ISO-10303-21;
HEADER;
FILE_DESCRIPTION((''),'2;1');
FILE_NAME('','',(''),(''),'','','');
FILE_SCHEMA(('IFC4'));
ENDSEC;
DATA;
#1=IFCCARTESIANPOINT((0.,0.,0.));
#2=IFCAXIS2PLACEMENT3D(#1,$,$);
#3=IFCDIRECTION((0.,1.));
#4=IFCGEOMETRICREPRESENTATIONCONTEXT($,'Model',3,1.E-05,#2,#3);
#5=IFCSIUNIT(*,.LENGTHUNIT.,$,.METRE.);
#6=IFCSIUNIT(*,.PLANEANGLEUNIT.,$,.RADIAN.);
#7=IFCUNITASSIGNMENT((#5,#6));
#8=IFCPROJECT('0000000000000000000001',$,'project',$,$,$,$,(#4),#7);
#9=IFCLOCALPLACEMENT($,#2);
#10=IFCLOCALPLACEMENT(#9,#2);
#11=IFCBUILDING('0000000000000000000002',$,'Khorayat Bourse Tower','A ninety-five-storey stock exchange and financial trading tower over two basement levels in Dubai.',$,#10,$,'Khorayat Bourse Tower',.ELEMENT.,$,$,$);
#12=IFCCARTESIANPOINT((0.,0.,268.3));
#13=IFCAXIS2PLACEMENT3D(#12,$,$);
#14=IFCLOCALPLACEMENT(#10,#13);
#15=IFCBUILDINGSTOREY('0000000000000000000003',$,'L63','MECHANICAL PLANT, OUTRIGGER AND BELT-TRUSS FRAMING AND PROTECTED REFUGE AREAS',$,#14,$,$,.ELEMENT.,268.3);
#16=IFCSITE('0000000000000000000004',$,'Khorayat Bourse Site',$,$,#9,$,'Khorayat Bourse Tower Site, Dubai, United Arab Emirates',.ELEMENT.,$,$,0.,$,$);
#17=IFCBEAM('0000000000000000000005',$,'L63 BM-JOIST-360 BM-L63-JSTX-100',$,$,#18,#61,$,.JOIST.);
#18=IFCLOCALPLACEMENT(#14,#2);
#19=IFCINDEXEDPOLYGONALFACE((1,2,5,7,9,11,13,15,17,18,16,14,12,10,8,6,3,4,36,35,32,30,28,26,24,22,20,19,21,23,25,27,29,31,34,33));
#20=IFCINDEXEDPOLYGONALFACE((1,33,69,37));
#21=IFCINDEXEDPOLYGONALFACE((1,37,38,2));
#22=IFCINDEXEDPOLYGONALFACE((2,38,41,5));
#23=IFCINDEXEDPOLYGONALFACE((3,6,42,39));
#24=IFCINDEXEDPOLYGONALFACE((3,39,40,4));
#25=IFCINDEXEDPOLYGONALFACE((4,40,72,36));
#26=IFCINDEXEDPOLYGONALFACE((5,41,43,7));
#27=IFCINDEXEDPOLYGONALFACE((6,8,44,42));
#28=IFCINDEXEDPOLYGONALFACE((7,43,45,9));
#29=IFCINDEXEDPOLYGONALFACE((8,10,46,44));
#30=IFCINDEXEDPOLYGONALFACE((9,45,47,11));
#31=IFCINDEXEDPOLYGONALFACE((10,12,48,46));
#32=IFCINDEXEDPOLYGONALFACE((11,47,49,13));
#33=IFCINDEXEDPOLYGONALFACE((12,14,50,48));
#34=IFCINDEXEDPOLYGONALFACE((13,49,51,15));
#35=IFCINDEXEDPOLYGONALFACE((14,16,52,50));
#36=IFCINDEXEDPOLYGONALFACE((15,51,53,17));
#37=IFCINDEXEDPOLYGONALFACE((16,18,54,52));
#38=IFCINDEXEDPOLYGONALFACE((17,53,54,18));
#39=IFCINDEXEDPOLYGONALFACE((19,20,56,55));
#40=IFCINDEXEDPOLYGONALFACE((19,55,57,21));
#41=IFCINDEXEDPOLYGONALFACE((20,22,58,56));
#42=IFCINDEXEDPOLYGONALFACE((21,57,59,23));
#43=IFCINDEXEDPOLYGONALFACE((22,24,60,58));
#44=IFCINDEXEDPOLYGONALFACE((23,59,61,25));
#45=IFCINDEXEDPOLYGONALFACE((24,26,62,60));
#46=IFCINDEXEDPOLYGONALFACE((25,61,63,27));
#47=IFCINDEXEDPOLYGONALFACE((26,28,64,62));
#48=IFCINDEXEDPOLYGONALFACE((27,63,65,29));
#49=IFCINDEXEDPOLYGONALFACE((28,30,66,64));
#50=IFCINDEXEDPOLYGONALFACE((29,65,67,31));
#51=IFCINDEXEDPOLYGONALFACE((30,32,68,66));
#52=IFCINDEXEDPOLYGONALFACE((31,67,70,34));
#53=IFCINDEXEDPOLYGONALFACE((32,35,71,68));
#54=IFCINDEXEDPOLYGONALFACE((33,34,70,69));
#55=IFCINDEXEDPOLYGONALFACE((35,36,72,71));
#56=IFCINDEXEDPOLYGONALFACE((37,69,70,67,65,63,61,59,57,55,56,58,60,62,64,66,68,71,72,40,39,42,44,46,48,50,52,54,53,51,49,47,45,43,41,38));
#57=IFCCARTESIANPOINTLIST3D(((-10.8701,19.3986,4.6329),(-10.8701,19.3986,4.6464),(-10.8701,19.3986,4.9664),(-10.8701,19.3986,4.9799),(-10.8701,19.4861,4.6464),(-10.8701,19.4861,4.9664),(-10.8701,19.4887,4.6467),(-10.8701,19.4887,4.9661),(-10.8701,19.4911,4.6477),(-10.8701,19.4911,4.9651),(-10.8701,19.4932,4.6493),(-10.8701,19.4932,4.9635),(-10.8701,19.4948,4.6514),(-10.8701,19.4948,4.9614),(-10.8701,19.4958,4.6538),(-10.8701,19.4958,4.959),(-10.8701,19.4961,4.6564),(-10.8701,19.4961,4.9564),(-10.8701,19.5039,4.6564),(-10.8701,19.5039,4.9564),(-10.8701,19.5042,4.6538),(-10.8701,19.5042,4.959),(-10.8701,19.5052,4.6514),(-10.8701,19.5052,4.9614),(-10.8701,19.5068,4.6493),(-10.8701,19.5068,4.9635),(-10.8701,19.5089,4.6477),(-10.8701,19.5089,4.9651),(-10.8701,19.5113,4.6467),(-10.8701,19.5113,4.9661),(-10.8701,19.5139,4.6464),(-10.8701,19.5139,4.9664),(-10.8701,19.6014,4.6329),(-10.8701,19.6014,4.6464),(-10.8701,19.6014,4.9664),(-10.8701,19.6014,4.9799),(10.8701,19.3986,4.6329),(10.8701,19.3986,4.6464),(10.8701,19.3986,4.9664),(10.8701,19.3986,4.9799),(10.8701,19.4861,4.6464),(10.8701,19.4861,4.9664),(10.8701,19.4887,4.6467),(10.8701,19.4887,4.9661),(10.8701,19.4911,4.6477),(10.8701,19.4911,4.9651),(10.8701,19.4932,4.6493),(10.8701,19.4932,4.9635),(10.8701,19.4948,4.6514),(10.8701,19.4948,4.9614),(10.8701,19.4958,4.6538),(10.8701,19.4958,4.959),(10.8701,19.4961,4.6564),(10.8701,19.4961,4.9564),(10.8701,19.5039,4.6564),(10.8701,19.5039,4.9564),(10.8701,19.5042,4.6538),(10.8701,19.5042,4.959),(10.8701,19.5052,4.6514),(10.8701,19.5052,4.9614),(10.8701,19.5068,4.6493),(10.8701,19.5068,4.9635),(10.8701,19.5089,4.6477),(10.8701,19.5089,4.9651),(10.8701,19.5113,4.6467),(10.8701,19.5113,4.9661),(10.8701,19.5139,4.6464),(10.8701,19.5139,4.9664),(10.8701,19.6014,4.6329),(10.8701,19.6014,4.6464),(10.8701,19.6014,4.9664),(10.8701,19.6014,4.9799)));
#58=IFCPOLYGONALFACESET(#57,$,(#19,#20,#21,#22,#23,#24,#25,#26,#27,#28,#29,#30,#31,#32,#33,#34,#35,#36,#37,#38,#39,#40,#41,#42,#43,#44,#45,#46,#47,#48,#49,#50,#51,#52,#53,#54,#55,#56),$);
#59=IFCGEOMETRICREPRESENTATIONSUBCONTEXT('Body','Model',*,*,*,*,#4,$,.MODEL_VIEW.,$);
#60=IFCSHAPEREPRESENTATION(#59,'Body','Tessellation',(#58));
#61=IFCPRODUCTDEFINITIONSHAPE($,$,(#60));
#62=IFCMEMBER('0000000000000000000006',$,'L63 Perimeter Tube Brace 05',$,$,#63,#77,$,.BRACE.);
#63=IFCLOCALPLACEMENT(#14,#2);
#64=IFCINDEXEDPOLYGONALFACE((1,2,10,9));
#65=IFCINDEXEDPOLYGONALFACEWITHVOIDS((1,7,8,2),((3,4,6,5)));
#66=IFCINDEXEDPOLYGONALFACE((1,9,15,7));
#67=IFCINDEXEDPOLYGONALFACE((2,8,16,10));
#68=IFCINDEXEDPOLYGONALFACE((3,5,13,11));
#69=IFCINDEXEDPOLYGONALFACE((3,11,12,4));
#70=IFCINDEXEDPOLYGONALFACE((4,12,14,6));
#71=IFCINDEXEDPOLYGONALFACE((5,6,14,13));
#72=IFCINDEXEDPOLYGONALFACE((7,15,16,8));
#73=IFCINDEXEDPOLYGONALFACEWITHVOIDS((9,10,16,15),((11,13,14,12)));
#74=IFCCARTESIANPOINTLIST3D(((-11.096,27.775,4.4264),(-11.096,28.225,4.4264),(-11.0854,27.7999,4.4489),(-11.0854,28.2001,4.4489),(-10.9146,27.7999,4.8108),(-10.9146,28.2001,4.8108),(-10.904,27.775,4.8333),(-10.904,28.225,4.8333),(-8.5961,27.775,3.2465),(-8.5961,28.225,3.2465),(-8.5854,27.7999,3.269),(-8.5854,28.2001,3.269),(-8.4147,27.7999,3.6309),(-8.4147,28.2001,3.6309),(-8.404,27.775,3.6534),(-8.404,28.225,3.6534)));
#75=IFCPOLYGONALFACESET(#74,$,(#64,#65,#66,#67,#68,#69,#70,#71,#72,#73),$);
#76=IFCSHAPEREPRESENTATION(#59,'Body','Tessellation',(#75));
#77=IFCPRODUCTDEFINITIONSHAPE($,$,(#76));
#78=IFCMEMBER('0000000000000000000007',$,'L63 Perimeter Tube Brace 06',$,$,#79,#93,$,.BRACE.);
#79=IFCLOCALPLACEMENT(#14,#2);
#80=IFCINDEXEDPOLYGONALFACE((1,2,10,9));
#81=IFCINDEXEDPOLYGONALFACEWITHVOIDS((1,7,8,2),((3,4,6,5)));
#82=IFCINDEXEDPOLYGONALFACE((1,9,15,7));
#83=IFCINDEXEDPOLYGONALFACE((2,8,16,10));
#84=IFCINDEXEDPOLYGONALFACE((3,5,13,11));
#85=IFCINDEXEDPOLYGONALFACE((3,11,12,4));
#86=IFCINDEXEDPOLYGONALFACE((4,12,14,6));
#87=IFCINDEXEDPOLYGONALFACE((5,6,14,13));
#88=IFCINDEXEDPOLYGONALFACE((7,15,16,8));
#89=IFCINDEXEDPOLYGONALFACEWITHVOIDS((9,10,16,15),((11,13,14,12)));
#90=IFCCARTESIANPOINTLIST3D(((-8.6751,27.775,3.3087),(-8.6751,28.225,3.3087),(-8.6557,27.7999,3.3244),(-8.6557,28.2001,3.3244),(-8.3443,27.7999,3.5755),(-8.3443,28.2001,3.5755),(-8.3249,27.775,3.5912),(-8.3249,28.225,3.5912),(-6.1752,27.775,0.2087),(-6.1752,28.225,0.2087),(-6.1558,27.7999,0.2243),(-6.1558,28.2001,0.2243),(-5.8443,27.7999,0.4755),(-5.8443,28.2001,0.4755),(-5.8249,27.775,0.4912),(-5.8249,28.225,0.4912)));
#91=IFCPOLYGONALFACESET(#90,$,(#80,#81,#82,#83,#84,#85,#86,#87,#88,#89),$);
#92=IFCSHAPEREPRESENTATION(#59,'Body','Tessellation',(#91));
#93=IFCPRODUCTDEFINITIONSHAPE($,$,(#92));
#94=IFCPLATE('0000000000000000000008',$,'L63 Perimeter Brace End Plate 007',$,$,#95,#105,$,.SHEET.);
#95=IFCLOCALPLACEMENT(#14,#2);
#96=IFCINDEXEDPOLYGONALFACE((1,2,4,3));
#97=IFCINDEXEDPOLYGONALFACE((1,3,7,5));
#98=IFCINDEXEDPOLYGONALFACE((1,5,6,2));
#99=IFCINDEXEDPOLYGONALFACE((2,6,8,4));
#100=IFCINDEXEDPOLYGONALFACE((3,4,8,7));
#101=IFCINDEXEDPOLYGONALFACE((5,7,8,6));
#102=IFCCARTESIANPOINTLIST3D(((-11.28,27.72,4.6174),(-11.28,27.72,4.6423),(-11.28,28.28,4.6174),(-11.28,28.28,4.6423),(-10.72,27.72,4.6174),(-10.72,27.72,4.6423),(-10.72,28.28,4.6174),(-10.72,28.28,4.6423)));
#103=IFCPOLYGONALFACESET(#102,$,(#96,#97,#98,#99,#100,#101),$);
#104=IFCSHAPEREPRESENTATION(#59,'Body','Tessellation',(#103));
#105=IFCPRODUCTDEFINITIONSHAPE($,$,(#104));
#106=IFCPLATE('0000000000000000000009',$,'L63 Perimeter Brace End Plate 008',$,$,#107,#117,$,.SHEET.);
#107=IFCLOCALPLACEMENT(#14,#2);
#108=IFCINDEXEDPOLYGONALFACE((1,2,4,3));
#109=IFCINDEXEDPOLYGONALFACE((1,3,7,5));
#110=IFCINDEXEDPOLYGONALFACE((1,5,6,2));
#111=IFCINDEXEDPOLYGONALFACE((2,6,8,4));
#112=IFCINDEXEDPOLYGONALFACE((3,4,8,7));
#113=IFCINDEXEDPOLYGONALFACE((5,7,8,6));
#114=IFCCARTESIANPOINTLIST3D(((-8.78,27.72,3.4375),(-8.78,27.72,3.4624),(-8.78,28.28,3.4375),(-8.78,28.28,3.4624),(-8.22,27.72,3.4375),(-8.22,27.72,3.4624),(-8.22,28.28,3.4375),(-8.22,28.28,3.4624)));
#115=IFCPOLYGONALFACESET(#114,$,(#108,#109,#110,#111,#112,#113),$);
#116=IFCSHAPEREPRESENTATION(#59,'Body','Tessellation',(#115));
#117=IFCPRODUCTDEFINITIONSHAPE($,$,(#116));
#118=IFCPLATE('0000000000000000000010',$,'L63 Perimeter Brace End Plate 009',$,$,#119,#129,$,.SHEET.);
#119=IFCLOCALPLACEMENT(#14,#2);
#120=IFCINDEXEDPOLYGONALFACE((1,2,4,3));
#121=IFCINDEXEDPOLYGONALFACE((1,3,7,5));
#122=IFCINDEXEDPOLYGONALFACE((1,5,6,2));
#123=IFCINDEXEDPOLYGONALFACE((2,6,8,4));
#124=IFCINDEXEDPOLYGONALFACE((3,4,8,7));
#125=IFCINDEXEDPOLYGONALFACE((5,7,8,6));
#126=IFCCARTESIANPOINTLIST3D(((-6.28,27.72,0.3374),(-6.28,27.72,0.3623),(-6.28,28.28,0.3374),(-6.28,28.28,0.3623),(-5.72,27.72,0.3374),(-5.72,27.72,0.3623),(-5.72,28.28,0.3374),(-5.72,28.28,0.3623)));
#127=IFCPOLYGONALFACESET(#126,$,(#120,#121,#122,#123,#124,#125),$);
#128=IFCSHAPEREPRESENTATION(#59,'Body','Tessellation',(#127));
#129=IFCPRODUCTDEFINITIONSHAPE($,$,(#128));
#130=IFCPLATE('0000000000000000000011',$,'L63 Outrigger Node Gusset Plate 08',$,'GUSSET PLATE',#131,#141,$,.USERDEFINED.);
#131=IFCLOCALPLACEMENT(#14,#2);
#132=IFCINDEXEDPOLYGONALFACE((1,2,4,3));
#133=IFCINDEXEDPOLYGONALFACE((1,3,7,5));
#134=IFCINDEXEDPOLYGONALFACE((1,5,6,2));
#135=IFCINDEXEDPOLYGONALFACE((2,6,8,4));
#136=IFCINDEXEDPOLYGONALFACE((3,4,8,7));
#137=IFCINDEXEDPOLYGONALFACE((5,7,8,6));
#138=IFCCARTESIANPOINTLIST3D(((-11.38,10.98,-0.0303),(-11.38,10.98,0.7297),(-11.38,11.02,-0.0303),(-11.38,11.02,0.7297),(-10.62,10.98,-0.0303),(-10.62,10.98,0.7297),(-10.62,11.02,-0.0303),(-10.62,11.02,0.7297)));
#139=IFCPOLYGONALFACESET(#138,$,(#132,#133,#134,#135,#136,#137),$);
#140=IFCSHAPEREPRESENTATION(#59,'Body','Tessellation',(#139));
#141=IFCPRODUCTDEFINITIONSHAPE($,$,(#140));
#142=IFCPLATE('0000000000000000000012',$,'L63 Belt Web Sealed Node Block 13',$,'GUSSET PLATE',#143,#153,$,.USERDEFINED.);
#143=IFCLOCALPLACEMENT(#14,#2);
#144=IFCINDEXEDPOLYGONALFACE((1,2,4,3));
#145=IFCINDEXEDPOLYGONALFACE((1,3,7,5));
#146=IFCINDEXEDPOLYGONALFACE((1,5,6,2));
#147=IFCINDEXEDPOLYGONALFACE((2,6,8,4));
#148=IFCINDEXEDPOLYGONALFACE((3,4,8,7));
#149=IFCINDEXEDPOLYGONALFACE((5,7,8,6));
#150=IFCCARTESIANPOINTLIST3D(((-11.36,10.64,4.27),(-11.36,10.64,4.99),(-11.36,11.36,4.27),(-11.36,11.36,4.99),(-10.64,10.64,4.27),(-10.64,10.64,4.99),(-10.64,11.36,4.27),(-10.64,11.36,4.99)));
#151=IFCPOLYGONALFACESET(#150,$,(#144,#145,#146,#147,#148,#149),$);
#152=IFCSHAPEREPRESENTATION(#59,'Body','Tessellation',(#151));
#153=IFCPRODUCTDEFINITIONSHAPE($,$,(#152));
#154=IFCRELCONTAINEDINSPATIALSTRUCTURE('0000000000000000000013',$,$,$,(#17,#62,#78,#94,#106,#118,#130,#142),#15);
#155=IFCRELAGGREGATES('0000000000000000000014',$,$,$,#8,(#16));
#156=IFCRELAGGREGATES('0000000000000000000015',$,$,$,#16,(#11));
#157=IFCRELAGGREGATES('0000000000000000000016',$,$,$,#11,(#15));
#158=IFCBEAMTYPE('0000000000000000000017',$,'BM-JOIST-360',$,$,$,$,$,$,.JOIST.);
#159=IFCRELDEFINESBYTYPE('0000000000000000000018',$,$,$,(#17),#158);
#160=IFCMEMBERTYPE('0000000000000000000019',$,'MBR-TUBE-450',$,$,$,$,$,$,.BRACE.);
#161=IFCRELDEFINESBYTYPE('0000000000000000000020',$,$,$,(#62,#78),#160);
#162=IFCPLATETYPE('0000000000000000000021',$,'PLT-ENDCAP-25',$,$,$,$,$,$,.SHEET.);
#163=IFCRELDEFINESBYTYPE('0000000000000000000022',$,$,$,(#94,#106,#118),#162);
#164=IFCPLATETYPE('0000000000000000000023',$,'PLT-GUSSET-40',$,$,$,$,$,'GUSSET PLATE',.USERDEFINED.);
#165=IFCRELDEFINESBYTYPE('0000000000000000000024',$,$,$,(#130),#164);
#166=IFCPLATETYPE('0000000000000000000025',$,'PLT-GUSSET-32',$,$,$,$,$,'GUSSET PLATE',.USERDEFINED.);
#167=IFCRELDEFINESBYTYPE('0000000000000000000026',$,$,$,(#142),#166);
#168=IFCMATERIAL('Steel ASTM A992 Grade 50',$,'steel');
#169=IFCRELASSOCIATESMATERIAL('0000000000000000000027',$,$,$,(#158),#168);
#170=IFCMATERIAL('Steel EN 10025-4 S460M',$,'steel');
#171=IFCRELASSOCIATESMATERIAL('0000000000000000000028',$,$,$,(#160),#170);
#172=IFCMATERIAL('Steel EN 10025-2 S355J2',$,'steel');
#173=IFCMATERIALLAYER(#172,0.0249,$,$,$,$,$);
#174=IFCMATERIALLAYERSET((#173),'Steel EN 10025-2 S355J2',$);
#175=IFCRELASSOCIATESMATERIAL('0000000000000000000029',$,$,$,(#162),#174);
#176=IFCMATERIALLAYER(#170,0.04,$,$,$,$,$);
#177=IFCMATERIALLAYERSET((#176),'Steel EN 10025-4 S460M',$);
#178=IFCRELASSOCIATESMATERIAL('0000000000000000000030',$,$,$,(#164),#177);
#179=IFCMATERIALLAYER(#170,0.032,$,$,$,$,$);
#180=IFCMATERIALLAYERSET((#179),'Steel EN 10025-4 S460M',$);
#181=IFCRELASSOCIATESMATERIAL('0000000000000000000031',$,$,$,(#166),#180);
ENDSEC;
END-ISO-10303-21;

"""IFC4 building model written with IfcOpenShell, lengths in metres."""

from ifc_helpers import new_model, si_unit, direction, frame, origin, origin_2d, place, context, subcontext, project, spatial, rectangle, hollow_rectangle, i_section, extrude, source, transform, mapped, material, layer, layer_set, material_profile, profile_set, type_object, element, save


model = new_model("IFC4")

# Units and contexts
model_context = context("Model", 3, precision=1e-05, world=origin(), true_north=direction((0.0, 1.0)))
body_context = subcontext(model_context, "Body", "Model", "MODEL_VIEW")
ifc_project = project(units=[si_unit("LENGTHUNIT", "METRE"), si_unit("PLANEANGLEUNIT", "RADIAN")], contexts=[model_context])

# Site, building, storey
site_placement = place(None, origin())
site = spatial("IfcSite", under=ifc_project, at=site_placement, Name="Khorayat Bourse Site", LongName="Khorayat Bourse Tower Site, Dubai, United Arab Emirates", CompositionType="ELEMENT", RefElevation=0.0)
building_placement = place(site_placement, origin())
building = spatial("IfcBuilding", under=site, at=building_placement, Name="Khorayat Bourse Tower", Description="A ninety-five-storey stock exchange and financial trading tower over two basement levels in Dubai.", LongName="Khorayat Bourse Tower", CompositionType="ELEMENT")
storey_placement = place(building_placement, frame((0.0, 0.0, 268.3)))
storey = spatial("IfcBuildingStorey", under=building, at=storey_placement, Name="L63", Description="MECHANICAL PLANT, OUTRIGGER AND BELT-TRUSS FRAMING AND PROTECTED REFUGE AREAS", CompositionType="ELEMENT", Elevation=268.3)

# Shared definitions
ifc_material_1 = material(Name="Steel EN 10025-4 S460M", Category="steel")

# Beam
ifc_material_2 = material(Name="Steel ASTM A992 Grade 50", Category="steel")
ifc_material_profile_1 = material_profile(ifc_material_2, i_section(OverallWidth=0.2029, OverallDepth=0.3469, WebThickness=0.0078, FlangeThickness=0.0134, FilletRadius=0.01, at=origin_2d()), Name="W360X64")
ifc_profile_set_1 = profile_set([ifc_material_profile_1], Name="Steel ASTM A992 Grade 50")
beam_type_1 = type_object("IfcBeamType", Name="BM-JOIST-360", PredefinedType="JOIST", material=ifc_profile_set_1)
shared_shape_1 = source(origin(), body_context, "Body", "SweptSolid", [
    extrude(i_section(OverallWidth=0.2029, OverallDepth=0.3469, WebThickness=0.0078, FlangeThickness=0.0134, FilletRadius=0.01, at=origin_2d()), origin(), (0.0, 0.0, 1.0), 21.7402),
])
beam_1_placement = place(storey_placement, frame((-10.8701, 19.5, 4.8064), z_axis=(1.0, 0.0, 0.0), x_axis=(0.0, 1.0, 0.0)))
element("IfcBeam", 1, at=beam_1_placement, inside=storey, type_object=beam_type_1, Name="L63 BM-JOIST-360 BM-L63-JSTX-100", PredefinedType="JOIST", context=body_context, shape_type="MappedRepresentation", body=[
    mapped(shared_shape_1, transform((0.0, 0.0, 0.0), scale=1.0)),
])

# Members
ifc_material_profile_2 = material_profile(ifc_material_1, hollow_rectangle(XDim=0.45, YDim=0.45, WallThickness=0.0249, at=origin_2d()), Name="HSS 450x450x25")
ifc_profile_set_2 = profile_set([ifc_material_profile_2], Name="Steel EN 10025-4 S460M")
member_type_1 = type_object("IfcMemberType", Name="MBR-TUBE-450", PredefinedType="BRACE", material=ifc_profile_set_2)
shared_shape_2 = source(origin(), body_context, "Body", "SweptSolid", [
    extrude(hollow_rectangle(XDim=0.45, YDim=0.45, WallThickness=0.0249, at=origin_2d()), origin(), (0.0, 0.0, 1.0), 2.7644),
])
member_1_placement = place(storey_placement, frame((-11.0, 28.0, 4.6299), z_axis=(0.904336, 0.0, -0.426822), x_axis=(0.0, 1.0, 0.0)))
element("IfcMember", 2, at=member_1_placement, inside=storey, type_object=member_type_1, Name="L63 Perimeter Tube Brace 05", PredefinedType="BRACE", context=body_context, shape_type="MappedRepresentation", body=[
    mapped(shared_shape_2, transform((0.0, 0.0, 0.0), scale=1.0)),
])
shared_shape_3 = source(origin(), body_context, "Body", "SweptSolid", [
    extrude(hollow_rectangle(XDim=0.45, YDim=0.45, WallThickness=0.0249, at=origin_2d()), origin(), (0.0, 0.0, 1.0), 3.9824),
])
member_2_placement = place(storey_placement, frame((-8.5, 28.0, 3.45), z_axis=(0.62774, 0.0, -0.778423), x_axis=(0.0, 1.0, 0.0)))
element("IfcMember", 3, at=member_2_placement, inside=storey, type_object=member_type_1, Name="L63 Perimeter Tube Brace 06", PredefinedType="BRACE", context=body_context, shape_type="MappedRepresentation", body=[
    mapped(shared_shape_3, transform((0.0, 0.0, 0.0), scale=1.0)),
])

# Plates
ifc_material_3 = material(Name="Steel EN 10025-2 S355J2", Category="steel")
ifc_layer_1 = layer(ifc_material_3, 0.0249)
ifc_layer_set_1 = layer_set([ifc_layer_1], Name="Steel EN 10025-2 S355J2")
plate_type_1 = type_object("IfcPlateType", Name="PLT-ENDCAP-25", PredefinedType="SHEET", material=ifc_layer_set_1)
shared_shape_4 = source(origin(), body_context, "Body", "SweptSolid", [
    extrude(rectangle(XDim=0.5601, YDim=0.5601, at=origin_2d()), origin(), (0.0, 0.0, 1.0), 0.0249),
])
for number, where, z_axis, x_axis, name in (
    (4, (-11.0, 28.0, 4.6174), (0.0, 0.0, 1.0), (1.0, 0.0, 0.0), "L63 Perimeter Brace End Plate 007"),
    (5, (-8.5, 28.0, 3.4375), (0.0, 0.0, 1.0), (1.0, 0.0, 0.0), "L63 Perimeter Brace End Plate 008"),
    (6, (-6.0, 28.0, 0.3374), (0.0, 0.0, 1.0), (1.0, 0.0, 0.0), "L63 Perimeter Brace End Plate 009"),
):
    element("IfcPlate", number, at=place(storey_placement, frame(where, z_axis=z_axis, x_axis=x_axis)), inside=storey, type_object=plate_type_1, Name=name, PredefinedType="SHEET", context=body_context, shape_type="MappedRepresentation", body=[
        mapped(shared_shape_4, transform((0.0, 0.0, 0.0), scale=1.0)),
    ])
ifc_layer_2 = layer(ifc_material_1, 0.04)
ifc_layer_set_2 = layer_set([ifc_layer_2], Name="Steel EN 10025-4 S460M")
plate_type_2 = type_object("IfcPlateType", Name="PLT-GUSSET-40", ElementType="GUSSET PLATE", PredefinedType="USERDEFINED", material=ifc_layer_set_2)
shared_shape_5 = source(origin(), body_context, "Body", "SweptSolid", [
    extrude(rectangle(XDim=0.76, YDim=0.04, at=origin_2d()), origin(), (0.0, 0.0, 1.0), 0.76),
])
plate_1_placement = place(storey_placement, frame((-11.0, 11.0, -0.0303), z_axis=(0.0, 0.0, 1.0), x_axis=(1.0, 0.0, 0.0)))
element("IfcPlate", 7, at=plate_1_placement, inside=storey, type_object=plate_type_2, Name="L63 Outrigger Node Gusset Plate 08", ObjectType="GUSSET PLATE", PredefinedType="USERDEFINED", context=body_context, shape_type="MappedRepresentation", body=[
    mapped(shared_shape_5, transform((0.0, 0.0, 0.0), scale=1.0)),
])
ifc_layer_3 = layer(ifc_material_1, 0.032)
ifc_layer_set_3 = layer_set([ifc_layer_3], Name="Steel EN 10025-4 S460M")
plate_type_3 = type_object("IfcPlateType", Name="PLT-GUSSET-32", ElementType="GUSSET PLATE", PredefinedType="USERDEFINED", material=ifc_layer_set_3)
shared_shape_6 = source(origin(), body_context, "Body", "SweptSolid", [
    extrude(rectangle(XDim=0.72, YDim=0.72, at=origin_2d()), origin(), (0.0, 0.0, 1.0), 0.72),
])
plate_2_placement = place(storey_placement, frame((-11.0, 11.0, 4.27), z_axis=(0.0, 0.0, 1.0), x_axis=(1.0, 0.0, 0.0)))
element("IfcPlate", 8, at=plate_2_placement, inside=storey, type_object=plate_type_3, Name="L63 Belt Web Sealed Node Block 13", ObjectType="GUSSET PLATE", PredefinedType="USERDEFINED", context=body_context, shape_type="MappedRepresentation", body=[
    mapped(shared_shape_6, transform((0.0, 0.0, 0.0), scale=1.0)),
])

save(model, "model.ifc")
